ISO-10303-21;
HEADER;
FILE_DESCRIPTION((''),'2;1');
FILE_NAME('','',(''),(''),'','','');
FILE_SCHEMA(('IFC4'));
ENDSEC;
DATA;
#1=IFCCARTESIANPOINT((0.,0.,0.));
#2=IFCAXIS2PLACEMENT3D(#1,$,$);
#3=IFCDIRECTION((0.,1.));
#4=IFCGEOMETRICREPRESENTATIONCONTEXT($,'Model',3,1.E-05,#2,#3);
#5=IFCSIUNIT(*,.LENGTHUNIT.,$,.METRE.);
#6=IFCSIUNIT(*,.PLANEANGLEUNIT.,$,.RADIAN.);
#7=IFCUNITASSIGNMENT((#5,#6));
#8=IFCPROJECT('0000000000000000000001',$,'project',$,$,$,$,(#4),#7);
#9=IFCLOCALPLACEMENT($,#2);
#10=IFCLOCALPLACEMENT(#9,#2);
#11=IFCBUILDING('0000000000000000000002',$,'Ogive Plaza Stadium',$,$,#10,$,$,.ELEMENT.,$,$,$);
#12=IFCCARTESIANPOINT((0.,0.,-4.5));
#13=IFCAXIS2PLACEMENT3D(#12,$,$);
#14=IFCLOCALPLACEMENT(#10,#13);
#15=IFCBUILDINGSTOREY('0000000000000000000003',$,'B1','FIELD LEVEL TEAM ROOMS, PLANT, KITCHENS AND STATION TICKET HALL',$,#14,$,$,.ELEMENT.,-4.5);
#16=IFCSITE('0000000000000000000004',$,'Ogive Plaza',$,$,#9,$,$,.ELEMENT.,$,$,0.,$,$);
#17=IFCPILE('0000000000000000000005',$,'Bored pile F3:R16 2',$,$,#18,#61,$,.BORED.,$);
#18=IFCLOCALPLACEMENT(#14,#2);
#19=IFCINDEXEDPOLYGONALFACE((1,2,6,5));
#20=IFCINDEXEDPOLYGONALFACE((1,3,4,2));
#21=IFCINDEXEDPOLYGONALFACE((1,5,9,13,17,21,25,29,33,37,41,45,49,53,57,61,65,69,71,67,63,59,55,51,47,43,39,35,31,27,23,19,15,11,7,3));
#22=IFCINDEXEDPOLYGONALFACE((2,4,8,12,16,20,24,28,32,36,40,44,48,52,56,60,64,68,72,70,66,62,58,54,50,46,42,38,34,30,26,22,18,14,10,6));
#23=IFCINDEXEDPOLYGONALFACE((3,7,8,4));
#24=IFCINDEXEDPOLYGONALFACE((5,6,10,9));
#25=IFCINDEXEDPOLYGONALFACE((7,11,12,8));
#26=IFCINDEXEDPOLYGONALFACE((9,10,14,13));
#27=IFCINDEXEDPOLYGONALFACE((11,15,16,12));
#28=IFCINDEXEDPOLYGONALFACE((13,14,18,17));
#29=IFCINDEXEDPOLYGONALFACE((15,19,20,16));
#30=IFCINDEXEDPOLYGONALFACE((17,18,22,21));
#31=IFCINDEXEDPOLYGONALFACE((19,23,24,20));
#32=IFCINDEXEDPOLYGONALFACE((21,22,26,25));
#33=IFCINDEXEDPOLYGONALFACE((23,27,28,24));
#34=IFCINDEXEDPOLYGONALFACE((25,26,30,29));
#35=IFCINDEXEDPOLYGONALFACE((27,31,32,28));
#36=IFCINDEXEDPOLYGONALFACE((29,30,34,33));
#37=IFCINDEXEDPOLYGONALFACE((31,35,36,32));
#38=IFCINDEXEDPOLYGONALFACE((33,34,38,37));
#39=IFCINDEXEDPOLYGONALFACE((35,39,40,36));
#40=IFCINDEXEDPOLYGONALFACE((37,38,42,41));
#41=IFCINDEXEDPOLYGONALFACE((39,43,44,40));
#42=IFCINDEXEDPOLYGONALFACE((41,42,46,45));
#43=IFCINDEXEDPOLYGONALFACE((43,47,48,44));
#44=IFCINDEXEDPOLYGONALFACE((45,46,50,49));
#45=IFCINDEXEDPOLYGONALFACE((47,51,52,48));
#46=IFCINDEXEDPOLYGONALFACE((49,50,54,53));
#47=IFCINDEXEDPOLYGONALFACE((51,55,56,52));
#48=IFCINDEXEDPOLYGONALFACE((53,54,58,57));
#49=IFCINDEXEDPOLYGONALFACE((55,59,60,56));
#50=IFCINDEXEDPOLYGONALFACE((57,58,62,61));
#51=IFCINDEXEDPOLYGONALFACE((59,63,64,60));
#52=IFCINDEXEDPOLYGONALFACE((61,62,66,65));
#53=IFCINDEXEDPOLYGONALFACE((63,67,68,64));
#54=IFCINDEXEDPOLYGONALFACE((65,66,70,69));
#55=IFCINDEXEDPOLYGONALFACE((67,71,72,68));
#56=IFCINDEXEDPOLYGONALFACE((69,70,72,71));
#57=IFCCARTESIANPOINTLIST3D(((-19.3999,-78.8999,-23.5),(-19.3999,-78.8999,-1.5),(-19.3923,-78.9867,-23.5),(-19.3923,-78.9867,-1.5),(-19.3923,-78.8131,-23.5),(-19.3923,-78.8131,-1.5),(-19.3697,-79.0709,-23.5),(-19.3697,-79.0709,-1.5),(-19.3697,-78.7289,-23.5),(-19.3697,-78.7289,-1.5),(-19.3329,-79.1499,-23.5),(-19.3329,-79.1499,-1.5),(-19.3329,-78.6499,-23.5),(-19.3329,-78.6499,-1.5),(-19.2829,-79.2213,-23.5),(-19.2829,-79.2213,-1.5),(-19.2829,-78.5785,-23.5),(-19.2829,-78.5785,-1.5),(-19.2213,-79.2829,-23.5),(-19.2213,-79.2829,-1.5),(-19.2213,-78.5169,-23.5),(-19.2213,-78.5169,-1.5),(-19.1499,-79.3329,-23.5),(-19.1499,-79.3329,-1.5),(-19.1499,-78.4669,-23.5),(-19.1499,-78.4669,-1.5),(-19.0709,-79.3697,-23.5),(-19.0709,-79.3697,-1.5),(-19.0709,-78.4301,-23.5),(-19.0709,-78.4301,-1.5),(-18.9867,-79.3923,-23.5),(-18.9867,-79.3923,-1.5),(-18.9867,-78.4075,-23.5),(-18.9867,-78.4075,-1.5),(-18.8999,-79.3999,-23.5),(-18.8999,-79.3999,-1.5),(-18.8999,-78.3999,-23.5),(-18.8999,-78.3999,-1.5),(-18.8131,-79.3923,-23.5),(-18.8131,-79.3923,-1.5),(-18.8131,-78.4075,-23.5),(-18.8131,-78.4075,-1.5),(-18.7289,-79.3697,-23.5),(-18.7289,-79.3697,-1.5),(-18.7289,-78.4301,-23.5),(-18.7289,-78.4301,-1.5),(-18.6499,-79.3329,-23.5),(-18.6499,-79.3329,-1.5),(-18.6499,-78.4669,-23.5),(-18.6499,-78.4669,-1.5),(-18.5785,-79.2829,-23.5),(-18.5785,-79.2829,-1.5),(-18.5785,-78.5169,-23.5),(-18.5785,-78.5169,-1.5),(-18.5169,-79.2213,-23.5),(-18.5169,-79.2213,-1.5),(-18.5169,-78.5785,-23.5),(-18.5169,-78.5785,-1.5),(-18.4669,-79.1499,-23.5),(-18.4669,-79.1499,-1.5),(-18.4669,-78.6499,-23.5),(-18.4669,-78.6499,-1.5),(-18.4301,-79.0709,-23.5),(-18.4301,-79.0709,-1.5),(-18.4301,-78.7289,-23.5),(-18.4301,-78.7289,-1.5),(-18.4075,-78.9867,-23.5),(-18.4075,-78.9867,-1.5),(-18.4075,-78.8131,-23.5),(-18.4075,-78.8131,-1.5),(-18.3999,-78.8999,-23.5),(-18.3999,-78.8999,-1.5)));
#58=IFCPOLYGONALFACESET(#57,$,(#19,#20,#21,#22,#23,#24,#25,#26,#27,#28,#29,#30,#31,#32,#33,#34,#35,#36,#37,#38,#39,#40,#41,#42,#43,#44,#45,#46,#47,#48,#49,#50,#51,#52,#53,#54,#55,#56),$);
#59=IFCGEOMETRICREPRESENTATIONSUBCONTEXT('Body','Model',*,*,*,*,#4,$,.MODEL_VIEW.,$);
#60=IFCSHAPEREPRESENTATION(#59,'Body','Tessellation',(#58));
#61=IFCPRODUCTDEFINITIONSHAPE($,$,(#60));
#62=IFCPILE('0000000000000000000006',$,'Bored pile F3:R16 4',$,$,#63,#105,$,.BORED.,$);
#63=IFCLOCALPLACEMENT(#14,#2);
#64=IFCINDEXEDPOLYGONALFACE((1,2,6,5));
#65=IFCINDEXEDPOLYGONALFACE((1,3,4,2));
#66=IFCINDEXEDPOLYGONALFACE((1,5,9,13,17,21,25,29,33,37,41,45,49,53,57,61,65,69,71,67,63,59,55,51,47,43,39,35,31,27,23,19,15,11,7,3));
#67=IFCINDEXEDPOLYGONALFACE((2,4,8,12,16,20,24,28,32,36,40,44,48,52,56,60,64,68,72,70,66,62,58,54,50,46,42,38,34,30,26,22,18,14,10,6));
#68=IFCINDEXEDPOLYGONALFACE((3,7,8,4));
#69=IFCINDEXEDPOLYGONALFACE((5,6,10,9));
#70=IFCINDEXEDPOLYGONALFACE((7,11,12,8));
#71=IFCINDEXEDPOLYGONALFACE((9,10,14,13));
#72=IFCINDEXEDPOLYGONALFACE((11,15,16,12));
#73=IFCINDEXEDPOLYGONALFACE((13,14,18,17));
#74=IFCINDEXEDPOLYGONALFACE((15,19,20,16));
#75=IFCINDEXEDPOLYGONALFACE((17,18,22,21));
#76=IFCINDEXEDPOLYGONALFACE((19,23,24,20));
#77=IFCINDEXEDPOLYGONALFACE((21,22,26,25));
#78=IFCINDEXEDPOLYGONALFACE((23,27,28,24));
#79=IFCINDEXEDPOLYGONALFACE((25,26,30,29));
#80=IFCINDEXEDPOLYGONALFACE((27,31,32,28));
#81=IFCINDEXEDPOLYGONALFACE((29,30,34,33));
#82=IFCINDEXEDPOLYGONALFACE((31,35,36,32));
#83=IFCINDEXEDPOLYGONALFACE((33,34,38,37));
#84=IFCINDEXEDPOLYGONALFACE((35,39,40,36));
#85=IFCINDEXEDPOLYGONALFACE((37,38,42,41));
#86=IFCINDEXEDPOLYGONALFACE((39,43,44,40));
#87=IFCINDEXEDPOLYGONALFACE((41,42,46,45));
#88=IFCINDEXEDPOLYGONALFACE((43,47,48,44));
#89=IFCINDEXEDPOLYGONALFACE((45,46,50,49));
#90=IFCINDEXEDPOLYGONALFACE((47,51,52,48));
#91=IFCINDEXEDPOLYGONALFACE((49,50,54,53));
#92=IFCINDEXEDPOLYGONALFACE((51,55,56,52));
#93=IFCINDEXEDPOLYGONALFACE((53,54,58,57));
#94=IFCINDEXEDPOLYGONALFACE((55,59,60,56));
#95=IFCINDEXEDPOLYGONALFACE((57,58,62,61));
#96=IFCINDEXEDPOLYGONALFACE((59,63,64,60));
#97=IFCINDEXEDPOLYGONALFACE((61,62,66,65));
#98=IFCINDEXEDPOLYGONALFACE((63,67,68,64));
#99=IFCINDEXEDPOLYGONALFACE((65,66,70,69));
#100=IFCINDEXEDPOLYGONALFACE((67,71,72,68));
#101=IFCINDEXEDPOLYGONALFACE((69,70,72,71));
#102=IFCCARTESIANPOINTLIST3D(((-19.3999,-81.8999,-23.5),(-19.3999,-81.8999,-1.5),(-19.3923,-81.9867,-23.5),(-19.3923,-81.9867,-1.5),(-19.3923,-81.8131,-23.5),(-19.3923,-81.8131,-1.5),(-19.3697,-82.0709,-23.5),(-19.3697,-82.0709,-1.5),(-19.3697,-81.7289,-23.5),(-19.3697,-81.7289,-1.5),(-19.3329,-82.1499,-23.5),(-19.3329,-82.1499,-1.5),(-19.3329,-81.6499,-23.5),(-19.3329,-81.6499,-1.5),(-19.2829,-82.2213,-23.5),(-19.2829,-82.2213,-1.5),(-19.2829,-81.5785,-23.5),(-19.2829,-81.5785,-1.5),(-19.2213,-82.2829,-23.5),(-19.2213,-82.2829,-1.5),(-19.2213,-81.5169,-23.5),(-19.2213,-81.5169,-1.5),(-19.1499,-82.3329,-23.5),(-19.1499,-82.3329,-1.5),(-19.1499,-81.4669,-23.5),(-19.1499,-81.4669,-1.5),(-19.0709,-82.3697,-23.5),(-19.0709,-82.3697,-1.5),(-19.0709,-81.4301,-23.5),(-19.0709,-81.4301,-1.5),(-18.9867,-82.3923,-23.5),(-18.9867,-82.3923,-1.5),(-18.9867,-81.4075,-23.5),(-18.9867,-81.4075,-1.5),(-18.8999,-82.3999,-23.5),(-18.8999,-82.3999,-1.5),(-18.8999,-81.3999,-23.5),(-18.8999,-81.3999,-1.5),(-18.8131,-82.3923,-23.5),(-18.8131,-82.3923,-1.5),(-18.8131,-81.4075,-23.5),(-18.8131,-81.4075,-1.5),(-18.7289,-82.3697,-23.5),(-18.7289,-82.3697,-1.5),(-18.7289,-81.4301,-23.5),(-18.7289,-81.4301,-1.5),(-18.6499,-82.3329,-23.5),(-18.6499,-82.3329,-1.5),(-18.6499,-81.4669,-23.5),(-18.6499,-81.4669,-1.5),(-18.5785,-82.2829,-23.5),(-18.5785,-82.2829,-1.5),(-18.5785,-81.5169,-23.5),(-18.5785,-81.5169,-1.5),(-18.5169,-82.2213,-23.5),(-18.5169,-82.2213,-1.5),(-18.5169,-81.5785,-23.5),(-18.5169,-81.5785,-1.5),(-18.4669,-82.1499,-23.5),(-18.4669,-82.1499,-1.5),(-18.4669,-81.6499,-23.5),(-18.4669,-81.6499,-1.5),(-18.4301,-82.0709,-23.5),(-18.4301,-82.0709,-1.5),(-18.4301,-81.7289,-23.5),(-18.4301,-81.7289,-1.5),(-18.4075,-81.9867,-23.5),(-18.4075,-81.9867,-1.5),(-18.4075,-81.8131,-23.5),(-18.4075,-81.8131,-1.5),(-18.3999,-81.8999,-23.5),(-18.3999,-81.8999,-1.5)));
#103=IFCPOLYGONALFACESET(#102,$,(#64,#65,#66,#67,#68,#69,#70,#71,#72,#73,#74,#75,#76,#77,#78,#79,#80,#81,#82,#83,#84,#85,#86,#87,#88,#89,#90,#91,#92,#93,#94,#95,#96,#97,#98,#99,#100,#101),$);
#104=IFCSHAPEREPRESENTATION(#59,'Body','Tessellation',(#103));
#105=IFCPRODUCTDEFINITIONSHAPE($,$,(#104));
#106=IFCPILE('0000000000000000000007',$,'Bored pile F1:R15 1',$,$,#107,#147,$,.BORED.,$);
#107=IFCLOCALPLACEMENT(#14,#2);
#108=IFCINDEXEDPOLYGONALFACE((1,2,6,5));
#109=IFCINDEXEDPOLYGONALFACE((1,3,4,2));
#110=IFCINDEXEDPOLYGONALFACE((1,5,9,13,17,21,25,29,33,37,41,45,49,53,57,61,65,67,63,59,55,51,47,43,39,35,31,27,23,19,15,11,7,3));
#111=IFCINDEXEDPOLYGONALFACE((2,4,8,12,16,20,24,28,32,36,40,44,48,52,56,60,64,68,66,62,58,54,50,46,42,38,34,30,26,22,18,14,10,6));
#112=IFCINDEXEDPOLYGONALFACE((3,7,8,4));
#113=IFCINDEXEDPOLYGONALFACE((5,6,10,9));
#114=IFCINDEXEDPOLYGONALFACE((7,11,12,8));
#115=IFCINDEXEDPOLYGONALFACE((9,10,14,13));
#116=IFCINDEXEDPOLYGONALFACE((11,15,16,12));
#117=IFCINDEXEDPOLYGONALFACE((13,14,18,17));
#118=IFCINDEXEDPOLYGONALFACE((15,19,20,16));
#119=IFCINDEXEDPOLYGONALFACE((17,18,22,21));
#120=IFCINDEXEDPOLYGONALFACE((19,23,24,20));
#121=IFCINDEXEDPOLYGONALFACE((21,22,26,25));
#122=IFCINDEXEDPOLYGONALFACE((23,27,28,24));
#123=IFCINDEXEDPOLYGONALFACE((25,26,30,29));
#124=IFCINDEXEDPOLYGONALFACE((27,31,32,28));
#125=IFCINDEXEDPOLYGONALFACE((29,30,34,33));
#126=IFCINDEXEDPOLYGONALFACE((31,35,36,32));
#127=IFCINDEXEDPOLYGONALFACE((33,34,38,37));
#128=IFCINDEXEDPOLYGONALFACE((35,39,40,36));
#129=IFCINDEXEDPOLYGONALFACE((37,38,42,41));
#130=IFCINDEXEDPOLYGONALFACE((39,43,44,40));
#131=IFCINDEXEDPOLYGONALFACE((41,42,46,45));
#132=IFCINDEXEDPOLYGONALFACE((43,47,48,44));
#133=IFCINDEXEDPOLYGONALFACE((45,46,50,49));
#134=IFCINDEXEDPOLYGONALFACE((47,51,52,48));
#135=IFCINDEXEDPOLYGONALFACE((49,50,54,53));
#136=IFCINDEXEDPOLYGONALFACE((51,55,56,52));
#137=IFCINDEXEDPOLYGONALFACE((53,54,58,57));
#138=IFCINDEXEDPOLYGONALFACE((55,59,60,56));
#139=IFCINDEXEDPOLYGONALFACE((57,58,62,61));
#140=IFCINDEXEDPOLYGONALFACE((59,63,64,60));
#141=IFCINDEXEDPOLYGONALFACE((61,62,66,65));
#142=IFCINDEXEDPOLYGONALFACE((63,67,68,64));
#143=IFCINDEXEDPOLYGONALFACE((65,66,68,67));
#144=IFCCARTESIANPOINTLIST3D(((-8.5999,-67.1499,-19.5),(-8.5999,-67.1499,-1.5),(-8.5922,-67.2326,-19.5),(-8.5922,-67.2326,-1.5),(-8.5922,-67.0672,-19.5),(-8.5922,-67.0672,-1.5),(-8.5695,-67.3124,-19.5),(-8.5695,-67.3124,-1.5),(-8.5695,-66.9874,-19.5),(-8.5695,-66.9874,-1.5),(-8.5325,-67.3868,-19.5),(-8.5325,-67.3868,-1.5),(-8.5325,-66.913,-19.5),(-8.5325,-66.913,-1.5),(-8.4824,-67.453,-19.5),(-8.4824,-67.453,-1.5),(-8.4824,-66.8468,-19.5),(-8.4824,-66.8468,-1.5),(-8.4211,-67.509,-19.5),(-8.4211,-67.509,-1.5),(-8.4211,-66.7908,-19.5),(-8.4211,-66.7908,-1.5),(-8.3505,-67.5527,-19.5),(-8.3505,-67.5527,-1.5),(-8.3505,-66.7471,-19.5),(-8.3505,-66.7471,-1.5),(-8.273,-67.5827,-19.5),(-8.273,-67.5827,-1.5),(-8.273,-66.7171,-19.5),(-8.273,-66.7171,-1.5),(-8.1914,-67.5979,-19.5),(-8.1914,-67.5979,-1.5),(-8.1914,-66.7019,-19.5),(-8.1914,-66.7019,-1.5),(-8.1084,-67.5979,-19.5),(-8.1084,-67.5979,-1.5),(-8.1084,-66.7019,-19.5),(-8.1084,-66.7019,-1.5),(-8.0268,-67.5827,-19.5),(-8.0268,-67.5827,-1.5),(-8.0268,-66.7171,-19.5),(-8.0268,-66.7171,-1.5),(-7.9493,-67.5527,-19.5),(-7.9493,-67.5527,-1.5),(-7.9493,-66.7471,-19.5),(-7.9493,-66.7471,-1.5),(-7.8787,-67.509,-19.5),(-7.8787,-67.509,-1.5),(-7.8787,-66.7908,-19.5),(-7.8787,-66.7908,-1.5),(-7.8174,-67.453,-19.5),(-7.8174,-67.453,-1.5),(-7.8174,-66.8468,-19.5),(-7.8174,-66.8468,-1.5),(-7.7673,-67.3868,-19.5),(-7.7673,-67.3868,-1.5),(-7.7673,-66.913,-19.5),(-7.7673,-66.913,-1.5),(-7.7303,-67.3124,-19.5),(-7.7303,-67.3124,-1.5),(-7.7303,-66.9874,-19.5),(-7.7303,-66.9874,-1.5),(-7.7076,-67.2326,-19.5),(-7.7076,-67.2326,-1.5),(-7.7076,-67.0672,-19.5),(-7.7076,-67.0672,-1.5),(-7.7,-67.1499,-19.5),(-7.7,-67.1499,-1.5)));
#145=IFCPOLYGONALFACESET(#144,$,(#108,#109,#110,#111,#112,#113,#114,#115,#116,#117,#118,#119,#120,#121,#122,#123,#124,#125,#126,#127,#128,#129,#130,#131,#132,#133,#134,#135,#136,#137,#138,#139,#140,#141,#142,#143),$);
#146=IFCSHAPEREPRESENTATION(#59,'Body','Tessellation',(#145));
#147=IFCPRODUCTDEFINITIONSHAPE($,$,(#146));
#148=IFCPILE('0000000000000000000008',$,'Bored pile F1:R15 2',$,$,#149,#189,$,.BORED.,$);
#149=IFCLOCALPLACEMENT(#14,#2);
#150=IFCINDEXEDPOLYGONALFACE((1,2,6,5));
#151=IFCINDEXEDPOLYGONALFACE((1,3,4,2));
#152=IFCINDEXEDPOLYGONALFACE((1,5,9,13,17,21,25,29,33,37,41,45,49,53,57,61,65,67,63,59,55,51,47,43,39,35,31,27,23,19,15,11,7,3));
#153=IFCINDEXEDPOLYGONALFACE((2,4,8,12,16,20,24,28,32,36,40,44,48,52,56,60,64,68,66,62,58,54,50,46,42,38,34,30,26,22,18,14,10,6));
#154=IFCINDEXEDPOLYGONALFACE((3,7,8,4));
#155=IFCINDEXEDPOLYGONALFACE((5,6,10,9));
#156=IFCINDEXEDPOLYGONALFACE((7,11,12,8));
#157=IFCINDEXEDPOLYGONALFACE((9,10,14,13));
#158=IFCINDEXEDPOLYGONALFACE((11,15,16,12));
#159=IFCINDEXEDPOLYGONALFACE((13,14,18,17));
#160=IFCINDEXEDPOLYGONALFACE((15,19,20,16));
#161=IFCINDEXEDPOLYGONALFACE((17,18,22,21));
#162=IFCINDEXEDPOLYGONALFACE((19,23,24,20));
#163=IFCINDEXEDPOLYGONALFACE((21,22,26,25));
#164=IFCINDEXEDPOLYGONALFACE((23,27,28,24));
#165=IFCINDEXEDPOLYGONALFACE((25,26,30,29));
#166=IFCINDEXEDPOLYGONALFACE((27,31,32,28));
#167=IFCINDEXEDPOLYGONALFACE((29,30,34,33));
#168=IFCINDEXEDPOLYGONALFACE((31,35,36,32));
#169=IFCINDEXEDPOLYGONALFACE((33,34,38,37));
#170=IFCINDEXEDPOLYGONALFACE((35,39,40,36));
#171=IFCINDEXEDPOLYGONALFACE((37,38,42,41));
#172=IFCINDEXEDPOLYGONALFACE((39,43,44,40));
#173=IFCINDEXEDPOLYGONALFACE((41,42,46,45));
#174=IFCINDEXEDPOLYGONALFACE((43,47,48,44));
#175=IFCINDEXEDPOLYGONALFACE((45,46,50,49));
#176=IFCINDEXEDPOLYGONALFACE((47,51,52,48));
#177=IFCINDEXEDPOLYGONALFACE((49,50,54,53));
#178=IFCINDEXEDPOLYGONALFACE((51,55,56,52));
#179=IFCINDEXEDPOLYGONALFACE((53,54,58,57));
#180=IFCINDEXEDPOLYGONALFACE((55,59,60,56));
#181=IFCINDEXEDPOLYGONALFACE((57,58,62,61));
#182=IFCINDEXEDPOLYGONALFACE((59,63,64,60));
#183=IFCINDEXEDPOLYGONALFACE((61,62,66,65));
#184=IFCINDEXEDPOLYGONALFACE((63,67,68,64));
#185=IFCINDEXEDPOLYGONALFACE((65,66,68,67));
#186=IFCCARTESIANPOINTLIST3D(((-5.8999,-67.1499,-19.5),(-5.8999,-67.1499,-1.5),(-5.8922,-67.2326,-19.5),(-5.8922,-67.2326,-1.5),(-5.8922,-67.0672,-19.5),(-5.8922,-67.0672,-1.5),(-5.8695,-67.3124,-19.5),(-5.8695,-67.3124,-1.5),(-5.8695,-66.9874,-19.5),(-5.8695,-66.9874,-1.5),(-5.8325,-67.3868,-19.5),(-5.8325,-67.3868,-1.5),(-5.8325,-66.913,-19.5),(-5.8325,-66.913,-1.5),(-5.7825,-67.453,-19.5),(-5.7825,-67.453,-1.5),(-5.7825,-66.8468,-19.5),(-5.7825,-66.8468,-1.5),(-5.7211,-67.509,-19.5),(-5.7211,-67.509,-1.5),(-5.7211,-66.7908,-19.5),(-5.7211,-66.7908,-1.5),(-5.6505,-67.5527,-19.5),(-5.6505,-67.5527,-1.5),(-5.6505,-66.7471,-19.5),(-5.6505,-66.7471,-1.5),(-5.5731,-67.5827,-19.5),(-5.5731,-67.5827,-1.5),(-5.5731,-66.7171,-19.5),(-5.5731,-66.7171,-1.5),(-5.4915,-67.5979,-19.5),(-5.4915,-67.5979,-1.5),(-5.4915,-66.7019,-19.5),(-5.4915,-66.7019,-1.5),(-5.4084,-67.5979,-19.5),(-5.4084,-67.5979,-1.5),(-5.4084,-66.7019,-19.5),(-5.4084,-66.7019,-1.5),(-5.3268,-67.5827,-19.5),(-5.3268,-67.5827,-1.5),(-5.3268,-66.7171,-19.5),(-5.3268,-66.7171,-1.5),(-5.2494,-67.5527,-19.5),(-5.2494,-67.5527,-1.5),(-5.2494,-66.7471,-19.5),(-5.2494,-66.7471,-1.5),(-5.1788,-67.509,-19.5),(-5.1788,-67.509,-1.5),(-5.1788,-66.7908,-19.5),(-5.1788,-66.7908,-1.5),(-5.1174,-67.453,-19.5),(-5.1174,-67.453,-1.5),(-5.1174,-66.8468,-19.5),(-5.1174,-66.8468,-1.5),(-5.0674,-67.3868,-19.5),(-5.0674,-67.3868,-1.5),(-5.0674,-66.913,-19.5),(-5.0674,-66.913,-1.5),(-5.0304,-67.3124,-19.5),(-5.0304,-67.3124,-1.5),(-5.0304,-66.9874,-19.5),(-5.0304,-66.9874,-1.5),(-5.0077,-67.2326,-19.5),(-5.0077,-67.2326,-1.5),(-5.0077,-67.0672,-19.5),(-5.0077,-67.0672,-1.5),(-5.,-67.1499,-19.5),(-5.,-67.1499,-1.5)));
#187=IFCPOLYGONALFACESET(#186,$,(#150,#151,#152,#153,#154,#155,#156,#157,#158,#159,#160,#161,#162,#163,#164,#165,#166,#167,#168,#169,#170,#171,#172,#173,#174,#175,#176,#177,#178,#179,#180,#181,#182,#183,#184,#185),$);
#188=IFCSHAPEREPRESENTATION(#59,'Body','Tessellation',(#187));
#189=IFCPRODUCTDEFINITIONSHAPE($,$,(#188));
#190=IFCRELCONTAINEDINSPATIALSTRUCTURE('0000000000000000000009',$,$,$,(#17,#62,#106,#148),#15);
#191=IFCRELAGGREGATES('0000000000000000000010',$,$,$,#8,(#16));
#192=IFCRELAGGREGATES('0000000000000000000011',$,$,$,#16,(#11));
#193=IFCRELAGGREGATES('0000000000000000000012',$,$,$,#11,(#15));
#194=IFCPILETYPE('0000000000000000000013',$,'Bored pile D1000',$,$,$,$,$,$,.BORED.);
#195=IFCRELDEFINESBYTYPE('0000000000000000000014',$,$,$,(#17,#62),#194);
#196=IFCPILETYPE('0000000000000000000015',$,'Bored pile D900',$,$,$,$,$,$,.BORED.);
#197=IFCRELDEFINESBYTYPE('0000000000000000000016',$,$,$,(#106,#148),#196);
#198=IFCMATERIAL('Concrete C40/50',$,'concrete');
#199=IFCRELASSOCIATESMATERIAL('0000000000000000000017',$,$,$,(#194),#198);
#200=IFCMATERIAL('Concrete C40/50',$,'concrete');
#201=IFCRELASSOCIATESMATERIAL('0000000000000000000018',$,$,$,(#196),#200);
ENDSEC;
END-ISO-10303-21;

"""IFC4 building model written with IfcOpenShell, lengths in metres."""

from ifc_helpers import new_model, si_unit, direction, frame, origin, origin_2d, place, context, subcontext, project, spatial, circle, extrude, material, material_profile, profile_set, type_object, element, save


model = new_model("IFC4")

# Units and contexts
model_context = context("Model", 3, precision=1e-05, world=origin(), true_north=direction((0.0, 1.0)))
body_context = subcontext(model_context, "Body", "Model", "MODEL_VIEW")
ifc_project = project(units=[si_unit("LENGTHUNIT", "METRE"), si_unit("PLANEANGLEUNIT", "RADIAN")], contexts=[model_context])

# Site, building, storey
site_placement = place(None, origin())
site = spatial("IfcSite", under=ifc_project, at=site_placement, Name="Ogive Plaza", CompositionType="ELEMENT", RefElevation=0.0)
building_placement = place(site_placement, origin())
building = spatial("IfcBuilding", under=site, at=building_placement, Name="Ogive Plaza Stadium", CompositionType="ELEMENT")
storey_placement = place(building_placement, frame((0.0, 0.0, -4.5)))
storey = spatial("IfcBuildingStorey", under=building, at=storey_placement, Name="B1", Description="FIELD LEVEL TEAM ROOMS, PLANT, KITCHENS AND STATION TICKET HALL", CompositionType="ELEMENT", Elevation=-4.5)

# Piles
ifc_material_1 = material(Name="Concrete C40/50", Category="concrete")
ifc_material_profile_1 = material_profile(ifc_material_1, circle(Radius=0.5, at=origin_2d()), Name="RC D1000")
ifc_profile_set_1 = profile_set([ifc_material_profile_1], Name="Concrete C40/50")
pile_type_1 = type_object("IfcPileType", Name="Bored pile D1000", PredefinedType="BORED", material=ifc_profile_set_1)
for number, where, z_axis, x_axis, name in (
    (1, (-18.8999, -78.8999, -1.5), (0.0, 0.0, -1.0), (1.0, 0.0, 0.0), "Bored pile F3:R16 2"),
    (2, (-18.8999, -81.8999, -1.5), (0.0, 0.0, -1.0), (1.0, 0.0, 0.0), "Bored pile F3:R16 4"),
):
    element("IfcPile", number, at=place(storey_placement, frame(where, z_axis=z_axis, x_axis=x_axis)), inside=storey, type_object=pile_type_1, Name=name, PredefinedType="BORED", context=body_context, shape_type="SweptSolid", body=[
        extrude(circle(Radius=0.5, at=origin_2d()), origin(), (0.0, 0.0, 1.0), 22.0),
    ])
ifc_material_2 = material(Name="Concrete C40/50", Category="concrete")
ifc_material_profile_2 = material_profile(ifc_material_2, circle(Radius=0.45, at=origin_2d()), Name="RC D900")
ifc_profile_set_2 = profile_set([ifc_material_profile_2], Name="Concrete C40/50")
pile_type_2 = type_object("IfcPileType", Name="Bored pile D900", PredefinedType="BORED", material=ifc_profile_set_2)
for number, where, z_axis, x_axis, name in (
    (3, (-8.1499, -67.1499, -1.5), (0.0, 0.0, -1.0), (1.0, 0.0, 0.0), "Bored pile F1:R15 1"),
    (4, (-5.45, -67.1499, -1.5), (0.0, 0.0, -1.0), (1.0, 0.0, 0.0), "Bored pile F1:R15 2"),
):
    element("IfcPile", number, at=place(storey_placement, frame(where, z_axis=z_axis, x_axis=x_axis)), inside=storey, type_object=pile_type_2, Name=name, PredefinedType="BORED", context=body_context, shape_type="SweptSolid", body=[
        extrude(circle(Radius=0.45, at=origin_2d()), origin(), (0.0, 0.0, 1.0), 18.0),
    ])

save(model, "model.ifc")
